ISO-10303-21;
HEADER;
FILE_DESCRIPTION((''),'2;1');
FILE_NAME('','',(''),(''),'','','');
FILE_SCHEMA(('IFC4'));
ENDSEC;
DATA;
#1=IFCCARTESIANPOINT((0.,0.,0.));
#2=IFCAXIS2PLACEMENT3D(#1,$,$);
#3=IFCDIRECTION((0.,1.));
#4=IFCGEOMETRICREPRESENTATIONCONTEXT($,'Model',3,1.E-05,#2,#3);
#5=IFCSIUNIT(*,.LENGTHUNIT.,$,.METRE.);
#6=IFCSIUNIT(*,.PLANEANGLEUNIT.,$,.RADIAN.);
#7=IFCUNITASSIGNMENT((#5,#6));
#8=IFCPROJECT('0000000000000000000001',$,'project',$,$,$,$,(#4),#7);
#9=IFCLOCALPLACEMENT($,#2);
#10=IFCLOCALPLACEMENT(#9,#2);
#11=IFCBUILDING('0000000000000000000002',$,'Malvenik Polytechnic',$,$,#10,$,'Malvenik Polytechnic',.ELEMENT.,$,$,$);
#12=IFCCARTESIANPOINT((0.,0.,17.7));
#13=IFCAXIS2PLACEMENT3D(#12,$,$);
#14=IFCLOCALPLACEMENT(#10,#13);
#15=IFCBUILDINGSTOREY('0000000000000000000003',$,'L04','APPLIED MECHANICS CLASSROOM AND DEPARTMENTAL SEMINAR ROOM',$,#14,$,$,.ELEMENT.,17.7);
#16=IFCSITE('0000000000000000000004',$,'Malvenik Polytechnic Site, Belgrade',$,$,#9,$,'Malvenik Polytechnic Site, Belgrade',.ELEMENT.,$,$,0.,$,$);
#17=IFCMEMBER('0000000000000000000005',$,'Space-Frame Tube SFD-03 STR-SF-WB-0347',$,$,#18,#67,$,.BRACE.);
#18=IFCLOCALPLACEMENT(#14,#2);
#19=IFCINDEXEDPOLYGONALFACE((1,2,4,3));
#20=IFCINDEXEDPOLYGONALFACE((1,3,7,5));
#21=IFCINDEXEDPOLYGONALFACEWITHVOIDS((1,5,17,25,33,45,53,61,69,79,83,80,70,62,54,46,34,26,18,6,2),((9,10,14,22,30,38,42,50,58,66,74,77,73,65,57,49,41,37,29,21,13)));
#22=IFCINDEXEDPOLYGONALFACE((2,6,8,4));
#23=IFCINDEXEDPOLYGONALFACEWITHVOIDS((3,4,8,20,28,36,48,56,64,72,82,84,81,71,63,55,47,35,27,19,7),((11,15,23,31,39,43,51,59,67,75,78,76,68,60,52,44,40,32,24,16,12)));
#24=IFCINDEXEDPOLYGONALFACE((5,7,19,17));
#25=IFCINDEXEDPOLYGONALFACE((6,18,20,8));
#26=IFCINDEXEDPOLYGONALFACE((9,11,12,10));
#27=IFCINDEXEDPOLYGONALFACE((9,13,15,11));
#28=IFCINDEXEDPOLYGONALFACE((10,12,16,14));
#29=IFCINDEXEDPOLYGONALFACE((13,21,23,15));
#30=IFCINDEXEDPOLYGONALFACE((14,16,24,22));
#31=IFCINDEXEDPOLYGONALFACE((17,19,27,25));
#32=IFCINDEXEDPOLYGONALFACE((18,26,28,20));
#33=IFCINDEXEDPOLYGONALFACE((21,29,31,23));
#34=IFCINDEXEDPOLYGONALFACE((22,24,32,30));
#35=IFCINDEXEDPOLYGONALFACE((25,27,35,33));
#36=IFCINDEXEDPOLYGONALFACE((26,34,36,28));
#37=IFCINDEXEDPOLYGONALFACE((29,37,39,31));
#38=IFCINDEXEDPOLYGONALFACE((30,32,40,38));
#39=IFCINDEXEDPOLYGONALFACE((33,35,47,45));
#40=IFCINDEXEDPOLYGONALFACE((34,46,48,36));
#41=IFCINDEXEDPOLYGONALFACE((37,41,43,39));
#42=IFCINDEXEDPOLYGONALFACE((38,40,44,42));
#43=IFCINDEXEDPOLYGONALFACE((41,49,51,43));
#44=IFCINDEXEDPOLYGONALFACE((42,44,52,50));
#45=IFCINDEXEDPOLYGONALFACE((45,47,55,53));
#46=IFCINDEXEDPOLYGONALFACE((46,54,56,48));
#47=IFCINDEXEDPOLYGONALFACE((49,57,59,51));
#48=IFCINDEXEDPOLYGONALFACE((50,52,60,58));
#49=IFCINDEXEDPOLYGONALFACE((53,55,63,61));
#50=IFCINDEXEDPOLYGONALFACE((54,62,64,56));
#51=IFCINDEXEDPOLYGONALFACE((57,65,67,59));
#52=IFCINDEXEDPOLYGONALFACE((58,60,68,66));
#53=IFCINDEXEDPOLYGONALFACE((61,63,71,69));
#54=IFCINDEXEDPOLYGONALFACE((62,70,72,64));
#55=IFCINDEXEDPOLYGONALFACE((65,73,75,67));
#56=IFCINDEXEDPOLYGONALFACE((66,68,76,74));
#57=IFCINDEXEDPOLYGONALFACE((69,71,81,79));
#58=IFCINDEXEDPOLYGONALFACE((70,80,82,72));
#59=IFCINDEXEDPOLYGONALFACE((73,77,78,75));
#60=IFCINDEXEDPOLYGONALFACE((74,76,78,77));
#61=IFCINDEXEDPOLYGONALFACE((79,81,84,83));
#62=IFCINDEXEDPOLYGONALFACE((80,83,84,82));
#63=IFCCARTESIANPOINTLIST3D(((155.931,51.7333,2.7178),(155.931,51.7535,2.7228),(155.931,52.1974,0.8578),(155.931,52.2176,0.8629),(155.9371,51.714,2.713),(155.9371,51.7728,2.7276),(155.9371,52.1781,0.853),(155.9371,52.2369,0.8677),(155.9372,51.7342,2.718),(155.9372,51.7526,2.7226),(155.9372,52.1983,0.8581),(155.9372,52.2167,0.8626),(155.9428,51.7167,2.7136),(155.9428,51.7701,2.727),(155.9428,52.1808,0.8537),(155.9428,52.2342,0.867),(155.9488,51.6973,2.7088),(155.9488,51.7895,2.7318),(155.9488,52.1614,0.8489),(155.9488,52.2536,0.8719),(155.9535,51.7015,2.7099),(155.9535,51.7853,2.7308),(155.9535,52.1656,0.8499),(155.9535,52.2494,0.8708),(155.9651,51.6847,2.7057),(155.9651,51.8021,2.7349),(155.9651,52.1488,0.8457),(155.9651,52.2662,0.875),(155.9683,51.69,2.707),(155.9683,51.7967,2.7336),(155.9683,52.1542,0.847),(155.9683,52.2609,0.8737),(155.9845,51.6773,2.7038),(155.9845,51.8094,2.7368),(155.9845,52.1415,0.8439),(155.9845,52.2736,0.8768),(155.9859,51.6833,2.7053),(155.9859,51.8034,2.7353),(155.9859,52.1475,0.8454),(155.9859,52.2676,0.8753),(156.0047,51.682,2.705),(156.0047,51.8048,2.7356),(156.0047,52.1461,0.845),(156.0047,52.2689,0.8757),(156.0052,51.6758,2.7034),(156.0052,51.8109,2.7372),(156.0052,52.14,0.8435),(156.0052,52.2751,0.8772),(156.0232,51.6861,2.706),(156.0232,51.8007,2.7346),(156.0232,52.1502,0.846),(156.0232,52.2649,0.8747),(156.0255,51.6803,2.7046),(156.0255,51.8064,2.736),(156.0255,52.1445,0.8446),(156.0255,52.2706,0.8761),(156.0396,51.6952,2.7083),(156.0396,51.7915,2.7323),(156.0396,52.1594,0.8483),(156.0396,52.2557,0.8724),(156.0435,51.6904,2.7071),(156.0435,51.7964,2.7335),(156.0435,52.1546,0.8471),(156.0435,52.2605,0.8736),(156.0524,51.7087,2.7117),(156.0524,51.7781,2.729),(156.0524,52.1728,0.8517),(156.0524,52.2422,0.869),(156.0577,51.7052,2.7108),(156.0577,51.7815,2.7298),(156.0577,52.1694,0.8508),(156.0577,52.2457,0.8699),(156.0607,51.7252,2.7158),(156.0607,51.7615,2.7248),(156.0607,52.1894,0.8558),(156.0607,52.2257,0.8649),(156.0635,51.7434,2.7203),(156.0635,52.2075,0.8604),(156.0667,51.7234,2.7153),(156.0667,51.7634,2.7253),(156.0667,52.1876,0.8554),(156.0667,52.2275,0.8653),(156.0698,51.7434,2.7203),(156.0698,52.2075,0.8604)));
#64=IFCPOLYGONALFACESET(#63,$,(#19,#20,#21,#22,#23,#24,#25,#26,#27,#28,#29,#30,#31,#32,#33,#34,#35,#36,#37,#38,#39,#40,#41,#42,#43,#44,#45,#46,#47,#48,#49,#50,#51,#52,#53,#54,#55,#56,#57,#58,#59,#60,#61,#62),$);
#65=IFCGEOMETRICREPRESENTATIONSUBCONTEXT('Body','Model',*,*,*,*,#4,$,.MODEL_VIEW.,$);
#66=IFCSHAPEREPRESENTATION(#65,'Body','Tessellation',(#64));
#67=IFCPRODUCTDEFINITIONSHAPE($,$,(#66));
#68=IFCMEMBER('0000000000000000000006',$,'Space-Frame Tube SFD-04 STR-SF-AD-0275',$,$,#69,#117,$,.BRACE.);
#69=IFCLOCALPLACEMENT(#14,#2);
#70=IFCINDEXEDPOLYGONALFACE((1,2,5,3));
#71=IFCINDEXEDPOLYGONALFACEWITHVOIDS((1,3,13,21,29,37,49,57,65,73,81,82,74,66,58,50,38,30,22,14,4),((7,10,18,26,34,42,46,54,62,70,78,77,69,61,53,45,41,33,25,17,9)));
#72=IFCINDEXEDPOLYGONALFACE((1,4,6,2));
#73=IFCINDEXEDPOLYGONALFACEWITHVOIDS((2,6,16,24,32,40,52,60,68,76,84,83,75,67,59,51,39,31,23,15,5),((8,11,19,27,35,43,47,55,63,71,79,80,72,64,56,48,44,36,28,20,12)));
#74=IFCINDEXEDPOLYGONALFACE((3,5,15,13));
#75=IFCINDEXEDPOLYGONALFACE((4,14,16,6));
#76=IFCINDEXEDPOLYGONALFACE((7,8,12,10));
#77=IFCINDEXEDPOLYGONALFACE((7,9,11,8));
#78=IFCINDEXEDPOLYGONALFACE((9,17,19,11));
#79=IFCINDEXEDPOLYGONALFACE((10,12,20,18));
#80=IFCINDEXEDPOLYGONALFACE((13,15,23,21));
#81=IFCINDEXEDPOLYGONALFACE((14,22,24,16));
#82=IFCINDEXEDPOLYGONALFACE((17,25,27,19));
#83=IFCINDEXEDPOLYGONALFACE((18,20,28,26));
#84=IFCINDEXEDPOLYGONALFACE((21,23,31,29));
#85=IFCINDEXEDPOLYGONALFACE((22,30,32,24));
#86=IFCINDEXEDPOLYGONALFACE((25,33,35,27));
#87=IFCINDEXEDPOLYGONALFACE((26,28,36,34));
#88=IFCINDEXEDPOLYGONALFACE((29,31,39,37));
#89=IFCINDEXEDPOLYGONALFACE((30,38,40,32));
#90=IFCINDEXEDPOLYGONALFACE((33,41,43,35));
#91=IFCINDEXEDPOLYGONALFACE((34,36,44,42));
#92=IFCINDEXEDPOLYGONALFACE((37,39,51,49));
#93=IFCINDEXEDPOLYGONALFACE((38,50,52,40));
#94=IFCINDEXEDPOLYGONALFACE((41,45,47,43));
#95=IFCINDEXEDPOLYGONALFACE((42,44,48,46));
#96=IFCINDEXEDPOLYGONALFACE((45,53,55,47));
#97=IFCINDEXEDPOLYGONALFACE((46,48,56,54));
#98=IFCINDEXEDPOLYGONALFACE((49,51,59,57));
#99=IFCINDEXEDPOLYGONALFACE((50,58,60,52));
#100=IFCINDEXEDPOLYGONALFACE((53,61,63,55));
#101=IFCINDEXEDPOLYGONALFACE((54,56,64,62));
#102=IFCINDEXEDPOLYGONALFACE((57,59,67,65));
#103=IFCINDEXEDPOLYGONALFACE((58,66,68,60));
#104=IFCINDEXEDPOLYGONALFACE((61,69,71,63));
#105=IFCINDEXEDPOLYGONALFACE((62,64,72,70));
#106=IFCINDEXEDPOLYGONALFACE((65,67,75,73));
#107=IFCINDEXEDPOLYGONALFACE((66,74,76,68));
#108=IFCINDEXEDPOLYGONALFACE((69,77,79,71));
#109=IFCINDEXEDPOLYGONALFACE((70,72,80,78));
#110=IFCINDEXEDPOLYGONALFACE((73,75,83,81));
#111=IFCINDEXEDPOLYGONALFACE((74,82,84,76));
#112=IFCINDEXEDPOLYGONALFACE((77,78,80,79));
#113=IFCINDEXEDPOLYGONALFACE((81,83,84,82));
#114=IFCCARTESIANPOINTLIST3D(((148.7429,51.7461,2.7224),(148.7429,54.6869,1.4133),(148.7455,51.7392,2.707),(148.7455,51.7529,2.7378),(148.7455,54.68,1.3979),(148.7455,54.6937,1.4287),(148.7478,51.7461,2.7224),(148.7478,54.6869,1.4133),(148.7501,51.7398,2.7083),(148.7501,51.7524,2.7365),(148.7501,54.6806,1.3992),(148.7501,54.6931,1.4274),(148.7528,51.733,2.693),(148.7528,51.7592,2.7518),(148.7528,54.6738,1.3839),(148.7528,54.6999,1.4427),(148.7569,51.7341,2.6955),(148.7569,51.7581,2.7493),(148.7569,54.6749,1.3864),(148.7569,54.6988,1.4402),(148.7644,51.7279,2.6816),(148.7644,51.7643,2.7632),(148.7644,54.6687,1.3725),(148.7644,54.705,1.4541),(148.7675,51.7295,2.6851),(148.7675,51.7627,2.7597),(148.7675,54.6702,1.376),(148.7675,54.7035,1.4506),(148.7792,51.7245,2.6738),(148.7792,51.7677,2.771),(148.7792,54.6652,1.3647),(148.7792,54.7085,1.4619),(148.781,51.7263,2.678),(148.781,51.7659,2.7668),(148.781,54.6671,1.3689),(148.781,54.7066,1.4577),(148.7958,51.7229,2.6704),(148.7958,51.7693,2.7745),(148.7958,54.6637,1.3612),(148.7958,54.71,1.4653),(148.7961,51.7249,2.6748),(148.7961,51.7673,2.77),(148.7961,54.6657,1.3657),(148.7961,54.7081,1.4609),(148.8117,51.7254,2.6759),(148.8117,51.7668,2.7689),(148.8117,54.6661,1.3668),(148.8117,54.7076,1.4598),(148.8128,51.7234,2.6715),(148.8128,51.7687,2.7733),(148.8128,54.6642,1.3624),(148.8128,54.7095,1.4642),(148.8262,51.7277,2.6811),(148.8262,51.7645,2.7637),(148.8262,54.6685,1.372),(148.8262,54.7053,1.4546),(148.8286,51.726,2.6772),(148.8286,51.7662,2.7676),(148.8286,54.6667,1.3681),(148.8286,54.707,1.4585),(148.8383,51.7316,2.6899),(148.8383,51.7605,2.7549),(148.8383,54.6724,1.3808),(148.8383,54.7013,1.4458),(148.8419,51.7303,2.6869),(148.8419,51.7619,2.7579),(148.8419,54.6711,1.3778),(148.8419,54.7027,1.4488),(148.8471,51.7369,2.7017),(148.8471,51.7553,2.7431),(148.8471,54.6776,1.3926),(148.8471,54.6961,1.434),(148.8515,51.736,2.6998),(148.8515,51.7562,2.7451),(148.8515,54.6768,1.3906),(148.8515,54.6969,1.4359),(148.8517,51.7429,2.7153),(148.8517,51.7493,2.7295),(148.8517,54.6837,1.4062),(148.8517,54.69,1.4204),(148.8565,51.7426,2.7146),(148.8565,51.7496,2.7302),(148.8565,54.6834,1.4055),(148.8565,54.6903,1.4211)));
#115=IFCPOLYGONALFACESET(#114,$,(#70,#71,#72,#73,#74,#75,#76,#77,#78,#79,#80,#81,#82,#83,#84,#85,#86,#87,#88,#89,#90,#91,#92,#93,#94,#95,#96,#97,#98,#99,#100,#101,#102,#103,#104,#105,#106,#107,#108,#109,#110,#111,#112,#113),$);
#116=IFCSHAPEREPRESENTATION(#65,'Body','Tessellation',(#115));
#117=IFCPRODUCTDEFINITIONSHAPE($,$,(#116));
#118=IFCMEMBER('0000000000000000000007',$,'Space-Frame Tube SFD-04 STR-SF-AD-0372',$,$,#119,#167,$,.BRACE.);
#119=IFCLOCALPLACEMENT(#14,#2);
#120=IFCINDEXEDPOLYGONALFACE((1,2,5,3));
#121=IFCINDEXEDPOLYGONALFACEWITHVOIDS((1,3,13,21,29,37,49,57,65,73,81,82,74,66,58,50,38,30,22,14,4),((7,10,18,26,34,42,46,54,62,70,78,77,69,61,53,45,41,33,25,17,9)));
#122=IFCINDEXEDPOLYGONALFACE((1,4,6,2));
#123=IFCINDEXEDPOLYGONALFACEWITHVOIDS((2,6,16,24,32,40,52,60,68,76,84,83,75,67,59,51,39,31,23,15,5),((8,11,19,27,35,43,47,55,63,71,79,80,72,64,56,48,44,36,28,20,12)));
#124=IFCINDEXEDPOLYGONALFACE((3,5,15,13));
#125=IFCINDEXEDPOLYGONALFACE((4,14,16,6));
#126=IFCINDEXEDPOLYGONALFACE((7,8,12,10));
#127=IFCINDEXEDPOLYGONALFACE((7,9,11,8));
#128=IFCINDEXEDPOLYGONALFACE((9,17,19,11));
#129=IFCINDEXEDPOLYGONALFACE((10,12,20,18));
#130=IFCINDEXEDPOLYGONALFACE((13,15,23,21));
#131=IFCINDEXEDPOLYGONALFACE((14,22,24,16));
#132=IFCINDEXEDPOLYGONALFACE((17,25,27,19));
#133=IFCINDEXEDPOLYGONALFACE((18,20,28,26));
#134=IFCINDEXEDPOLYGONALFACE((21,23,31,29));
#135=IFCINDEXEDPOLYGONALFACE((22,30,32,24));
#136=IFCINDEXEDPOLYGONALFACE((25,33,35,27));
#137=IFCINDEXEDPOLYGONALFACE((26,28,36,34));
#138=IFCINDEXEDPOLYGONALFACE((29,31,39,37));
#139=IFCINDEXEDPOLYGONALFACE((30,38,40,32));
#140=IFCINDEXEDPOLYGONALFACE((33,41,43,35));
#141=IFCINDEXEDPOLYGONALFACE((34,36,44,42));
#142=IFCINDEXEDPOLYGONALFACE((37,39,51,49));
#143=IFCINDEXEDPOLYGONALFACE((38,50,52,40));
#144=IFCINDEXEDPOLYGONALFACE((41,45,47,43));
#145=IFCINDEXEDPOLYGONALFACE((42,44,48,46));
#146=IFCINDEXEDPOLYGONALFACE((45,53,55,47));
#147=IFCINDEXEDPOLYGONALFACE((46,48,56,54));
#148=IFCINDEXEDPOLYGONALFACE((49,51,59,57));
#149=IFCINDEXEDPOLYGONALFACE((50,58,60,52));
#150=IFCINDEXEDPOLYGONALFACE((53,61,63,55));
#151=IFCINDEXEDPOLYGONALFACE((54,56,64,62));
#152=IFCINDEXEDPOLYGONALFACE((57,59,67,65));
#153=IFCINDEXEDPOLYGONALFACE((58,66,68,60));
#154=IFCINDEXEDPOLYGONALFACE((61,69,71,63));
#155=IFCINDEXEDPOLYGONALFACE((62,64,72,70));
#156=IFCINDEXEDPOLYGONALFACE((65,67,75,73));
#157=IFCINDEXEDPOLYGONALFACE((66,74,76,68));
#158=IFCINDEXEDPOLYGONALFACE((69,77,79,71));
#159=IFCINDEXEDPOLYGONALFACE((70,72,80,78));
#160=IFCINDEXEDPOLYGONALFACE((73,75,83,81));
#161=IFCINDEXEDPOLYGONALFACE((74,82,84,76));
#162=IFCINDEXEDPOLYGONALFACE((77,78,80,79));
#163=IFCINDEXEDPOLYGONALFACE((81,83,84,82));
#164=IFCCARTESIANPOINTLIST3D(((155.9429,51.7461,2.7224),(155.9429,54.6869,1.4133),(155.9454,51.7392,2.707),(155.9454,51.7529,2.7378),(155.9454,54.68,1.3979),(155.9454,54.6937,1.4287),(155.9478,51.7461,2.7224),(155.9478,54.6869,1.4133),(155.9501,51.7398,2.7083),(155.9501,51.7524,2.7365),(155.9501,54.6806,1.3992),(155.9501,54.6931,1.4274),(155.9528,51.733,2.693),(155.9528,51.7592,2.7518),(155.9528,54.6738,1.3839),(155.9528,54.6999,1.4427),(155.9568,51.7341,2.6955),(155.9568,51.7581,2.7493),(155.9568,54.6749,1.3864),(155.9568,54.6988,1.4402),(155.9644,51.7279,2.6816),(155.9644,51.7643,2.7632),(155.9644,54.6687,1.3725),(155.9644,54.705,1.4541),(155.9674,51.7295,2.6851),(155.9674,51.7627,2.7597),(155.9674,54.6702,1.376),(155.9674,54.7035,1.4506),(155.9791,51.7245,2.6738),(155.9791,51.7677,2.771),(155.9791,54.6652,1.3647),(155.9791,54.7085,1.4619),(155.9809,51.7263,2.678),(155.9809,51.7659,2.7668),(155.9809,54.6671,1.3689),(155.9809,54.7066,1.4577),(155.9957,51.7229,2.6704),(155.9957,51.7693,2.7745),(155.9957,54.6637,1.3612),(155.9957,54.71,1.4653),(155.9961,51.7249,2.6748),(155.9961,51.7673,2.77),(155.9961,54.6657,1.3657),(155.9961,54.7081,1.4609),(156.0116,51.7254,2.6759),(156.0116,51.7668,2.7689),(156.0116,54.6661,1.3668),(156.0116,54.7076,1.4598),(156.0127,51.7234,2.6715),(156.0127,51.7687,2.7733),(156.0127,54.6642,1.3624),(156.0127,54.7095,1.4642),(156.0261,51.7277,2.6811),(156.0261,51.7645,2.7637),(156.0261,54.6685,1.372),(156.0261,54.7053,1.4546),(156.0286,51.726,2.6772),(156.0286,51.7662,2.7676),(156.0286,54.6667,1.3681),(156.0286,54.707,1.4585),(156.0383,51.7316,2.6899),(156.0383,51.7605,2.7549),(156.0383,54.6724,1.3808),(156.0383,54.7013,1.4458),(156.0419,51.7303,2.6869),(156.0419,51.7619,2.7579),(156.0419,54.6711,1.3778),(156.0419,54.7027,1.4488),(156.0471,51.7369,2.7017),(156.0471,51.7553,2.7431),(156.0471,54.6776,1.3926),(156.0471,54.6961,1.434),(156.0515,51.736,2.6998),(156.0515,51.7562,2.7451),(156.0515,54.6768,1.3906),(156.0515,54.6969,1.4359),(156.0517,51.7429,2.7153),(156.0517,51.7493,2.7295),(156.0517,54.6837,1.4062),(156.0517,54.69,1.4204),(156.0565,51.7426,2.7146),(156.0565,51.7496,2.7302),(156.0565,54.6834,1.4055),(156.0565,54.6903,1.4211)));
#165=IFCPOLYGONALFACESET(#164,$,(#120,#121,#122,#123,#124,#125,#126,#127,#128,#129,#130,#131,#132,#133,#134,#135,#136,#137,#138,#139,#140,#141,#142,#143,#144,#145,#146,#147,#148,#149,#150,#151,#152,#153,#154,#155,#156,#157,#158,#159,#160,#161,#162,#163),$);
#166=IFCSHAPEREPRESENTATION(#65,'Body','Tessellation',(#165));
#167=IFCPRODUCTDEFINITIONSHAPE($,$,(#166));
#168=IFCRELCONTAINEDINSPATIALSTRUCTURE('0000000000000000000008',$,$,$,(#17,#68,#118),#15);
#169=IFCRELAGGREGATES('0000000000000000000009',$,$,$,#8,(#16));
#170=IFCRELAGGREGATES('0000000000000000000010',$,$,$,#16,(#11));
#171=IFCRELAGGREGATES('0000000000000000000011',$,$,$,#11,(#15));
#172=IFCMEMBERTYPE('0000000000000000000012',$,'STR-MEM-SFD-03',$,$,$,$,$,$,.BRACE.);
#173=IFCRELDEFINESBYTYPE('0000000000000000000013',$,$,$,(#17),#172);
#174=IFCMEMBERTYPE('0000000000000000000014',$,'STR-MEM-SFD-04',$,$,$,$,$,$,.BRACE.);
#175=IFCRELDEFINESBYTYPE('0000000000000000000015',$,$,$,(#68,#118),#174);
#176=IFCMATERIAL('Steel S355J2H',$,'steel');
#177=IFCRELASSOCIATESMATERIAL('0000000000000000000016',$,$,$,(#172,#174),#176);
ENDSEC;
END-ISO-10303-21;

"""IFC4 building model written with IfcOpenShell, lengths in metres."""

from ifc_helpers import new_model, si_unit, direction, frame, origin, origin_2d, place, context, subcontext, project, spatial, hollow_circle, extrude, material, material_profile, profile_set, type_object, element, save


model = new_model("IFC4")

# Units and contexts
model_context = context("Model", 3, precision=1e-05, world=origin(), true_north=direction((0.0, 1.0)))
body_context = subcontext(model_context, "Body", "Model", "MODEL_VIEW")
ifc_project = project(units=[si_unit("LENGTHUNIT", "METRE"), si_unit("PLANEANGLEUNIT", "RADIAN")], contexts=[model_context])

# Site, building, storey
site_placement = place(None, origin())
site = spatial("IfcSite", under=ifc_project, at=site_placement, Name="Malvenik Polytechnic Site, Belgrade", LongName="Malvenik Polytechnic Site, Belgrade", CompositionType="ELEMENT", RefElevation=0.0)
building_placement = place(site_placement, origin())
building = spatial("IfcBuilding", under=site, at=building_placement, Name="Malvenik Polytechnic", LongName="Malvenik Polytechnic", CompositionType="ELEMENT")
storey_placement = place(building_placement, frame((0.0, 0.0, 17.7)))
storey = spatial("IfcBuildingStorey", under=building, at=storey_placement, Name="L04", Description="APPLIED MECHANICS CLASSROOM AND DEPARTMENTAL SEMINAR ROOM", CompositionType="ELEMENT", Elevation=17.7)

# Members
ifc_material = material(Name="Steel S355J2H", Category="steel")
ifc_material_profile_1 = material_profile(ifc_material, hollow_circle(Radius=0.0698, WallThickness=0.0063, at=origin_2d()), Name="CHS 139.7x6.3")
ifc_profile_set_1 = profile_set([ifc_material_profile_1], Name="Steel S355J2H")
member_type_1 = type_object("IfcMemberType", Name="STR-MEM-SFD-03", PredefinedType="BRACE", material=ifc_profile_set_1)
for number, where, z_axis, x_axis, name in (
    (1, (156.0, 52.2075, 0.8604), (0.0, -0.242116, 0.970247), (1.0, 0.0, 0.0), "Space-Frame Tube SFD-03 STR-SF-WB-0347"),
):
    element("IfcMember", number, at=place(storey_placement, frame(where, z_axis=z_axis, x_axis=x_axis)), inside=storey, type_object=member_type_1, Name=name, PredefinedType="BRACE", context=body_context, shape_type="SweptSolid", body=[
        extrude(hollow_circle(Radius=0.0698, WallThickness=0.0063, at=origin_2d()), origin(), (0.0, 0.0, 1.0), 1.917),
    ])
ifc_material_profile_2 = material_profile(ifc_material, hollow_circle(Radius=0.0571, WallThickness=0.0049, at=origin_2d()), Name="CHS 114.3x5.0")
ifc_profile_set_2 = profile_set([ifc_material_profile_2], Name="Steel S355J2H")
member_type_2 = type_object("IfcMemberType", Name="STR-MEM-SFD-04", PredefinedType="BRACE", material=ifc_profile_set_2)
for number, where, z_axis, x_axis, name in (
    (2, (148.8, 51.7461, 2.7224), (0.0, 0.913567, -0.406687), (-1.0, 0.0, 0.0), "Space-Frame Tube SFD-04 STR-SF-AD-0275"),
    (3, (156.0, 51.7461, 2.7224), (0.0, 0.913567, -0.406687), (-1.0, 0.0, 0.0), "Space-Frame Tube SFD-04 STR-SF-AD-0372"),
):
    element("IfcMember", number, at=place(storey_placement, frame(where, z_axis=z_axis, x_axis=x_axis)), inside=storey, type_object=member_type_2, Name=name, PredefinedType="BRACE", context=body_context, shape_type="SweptSolid", body=[
        extrude(hollow_circle(Radius=0.0571, WallThickness=0.0049, at=origin_2d()), origin(), (0.0, 0.0, 1.0), 3.219),
    ])

save(model, "model.ifc")
